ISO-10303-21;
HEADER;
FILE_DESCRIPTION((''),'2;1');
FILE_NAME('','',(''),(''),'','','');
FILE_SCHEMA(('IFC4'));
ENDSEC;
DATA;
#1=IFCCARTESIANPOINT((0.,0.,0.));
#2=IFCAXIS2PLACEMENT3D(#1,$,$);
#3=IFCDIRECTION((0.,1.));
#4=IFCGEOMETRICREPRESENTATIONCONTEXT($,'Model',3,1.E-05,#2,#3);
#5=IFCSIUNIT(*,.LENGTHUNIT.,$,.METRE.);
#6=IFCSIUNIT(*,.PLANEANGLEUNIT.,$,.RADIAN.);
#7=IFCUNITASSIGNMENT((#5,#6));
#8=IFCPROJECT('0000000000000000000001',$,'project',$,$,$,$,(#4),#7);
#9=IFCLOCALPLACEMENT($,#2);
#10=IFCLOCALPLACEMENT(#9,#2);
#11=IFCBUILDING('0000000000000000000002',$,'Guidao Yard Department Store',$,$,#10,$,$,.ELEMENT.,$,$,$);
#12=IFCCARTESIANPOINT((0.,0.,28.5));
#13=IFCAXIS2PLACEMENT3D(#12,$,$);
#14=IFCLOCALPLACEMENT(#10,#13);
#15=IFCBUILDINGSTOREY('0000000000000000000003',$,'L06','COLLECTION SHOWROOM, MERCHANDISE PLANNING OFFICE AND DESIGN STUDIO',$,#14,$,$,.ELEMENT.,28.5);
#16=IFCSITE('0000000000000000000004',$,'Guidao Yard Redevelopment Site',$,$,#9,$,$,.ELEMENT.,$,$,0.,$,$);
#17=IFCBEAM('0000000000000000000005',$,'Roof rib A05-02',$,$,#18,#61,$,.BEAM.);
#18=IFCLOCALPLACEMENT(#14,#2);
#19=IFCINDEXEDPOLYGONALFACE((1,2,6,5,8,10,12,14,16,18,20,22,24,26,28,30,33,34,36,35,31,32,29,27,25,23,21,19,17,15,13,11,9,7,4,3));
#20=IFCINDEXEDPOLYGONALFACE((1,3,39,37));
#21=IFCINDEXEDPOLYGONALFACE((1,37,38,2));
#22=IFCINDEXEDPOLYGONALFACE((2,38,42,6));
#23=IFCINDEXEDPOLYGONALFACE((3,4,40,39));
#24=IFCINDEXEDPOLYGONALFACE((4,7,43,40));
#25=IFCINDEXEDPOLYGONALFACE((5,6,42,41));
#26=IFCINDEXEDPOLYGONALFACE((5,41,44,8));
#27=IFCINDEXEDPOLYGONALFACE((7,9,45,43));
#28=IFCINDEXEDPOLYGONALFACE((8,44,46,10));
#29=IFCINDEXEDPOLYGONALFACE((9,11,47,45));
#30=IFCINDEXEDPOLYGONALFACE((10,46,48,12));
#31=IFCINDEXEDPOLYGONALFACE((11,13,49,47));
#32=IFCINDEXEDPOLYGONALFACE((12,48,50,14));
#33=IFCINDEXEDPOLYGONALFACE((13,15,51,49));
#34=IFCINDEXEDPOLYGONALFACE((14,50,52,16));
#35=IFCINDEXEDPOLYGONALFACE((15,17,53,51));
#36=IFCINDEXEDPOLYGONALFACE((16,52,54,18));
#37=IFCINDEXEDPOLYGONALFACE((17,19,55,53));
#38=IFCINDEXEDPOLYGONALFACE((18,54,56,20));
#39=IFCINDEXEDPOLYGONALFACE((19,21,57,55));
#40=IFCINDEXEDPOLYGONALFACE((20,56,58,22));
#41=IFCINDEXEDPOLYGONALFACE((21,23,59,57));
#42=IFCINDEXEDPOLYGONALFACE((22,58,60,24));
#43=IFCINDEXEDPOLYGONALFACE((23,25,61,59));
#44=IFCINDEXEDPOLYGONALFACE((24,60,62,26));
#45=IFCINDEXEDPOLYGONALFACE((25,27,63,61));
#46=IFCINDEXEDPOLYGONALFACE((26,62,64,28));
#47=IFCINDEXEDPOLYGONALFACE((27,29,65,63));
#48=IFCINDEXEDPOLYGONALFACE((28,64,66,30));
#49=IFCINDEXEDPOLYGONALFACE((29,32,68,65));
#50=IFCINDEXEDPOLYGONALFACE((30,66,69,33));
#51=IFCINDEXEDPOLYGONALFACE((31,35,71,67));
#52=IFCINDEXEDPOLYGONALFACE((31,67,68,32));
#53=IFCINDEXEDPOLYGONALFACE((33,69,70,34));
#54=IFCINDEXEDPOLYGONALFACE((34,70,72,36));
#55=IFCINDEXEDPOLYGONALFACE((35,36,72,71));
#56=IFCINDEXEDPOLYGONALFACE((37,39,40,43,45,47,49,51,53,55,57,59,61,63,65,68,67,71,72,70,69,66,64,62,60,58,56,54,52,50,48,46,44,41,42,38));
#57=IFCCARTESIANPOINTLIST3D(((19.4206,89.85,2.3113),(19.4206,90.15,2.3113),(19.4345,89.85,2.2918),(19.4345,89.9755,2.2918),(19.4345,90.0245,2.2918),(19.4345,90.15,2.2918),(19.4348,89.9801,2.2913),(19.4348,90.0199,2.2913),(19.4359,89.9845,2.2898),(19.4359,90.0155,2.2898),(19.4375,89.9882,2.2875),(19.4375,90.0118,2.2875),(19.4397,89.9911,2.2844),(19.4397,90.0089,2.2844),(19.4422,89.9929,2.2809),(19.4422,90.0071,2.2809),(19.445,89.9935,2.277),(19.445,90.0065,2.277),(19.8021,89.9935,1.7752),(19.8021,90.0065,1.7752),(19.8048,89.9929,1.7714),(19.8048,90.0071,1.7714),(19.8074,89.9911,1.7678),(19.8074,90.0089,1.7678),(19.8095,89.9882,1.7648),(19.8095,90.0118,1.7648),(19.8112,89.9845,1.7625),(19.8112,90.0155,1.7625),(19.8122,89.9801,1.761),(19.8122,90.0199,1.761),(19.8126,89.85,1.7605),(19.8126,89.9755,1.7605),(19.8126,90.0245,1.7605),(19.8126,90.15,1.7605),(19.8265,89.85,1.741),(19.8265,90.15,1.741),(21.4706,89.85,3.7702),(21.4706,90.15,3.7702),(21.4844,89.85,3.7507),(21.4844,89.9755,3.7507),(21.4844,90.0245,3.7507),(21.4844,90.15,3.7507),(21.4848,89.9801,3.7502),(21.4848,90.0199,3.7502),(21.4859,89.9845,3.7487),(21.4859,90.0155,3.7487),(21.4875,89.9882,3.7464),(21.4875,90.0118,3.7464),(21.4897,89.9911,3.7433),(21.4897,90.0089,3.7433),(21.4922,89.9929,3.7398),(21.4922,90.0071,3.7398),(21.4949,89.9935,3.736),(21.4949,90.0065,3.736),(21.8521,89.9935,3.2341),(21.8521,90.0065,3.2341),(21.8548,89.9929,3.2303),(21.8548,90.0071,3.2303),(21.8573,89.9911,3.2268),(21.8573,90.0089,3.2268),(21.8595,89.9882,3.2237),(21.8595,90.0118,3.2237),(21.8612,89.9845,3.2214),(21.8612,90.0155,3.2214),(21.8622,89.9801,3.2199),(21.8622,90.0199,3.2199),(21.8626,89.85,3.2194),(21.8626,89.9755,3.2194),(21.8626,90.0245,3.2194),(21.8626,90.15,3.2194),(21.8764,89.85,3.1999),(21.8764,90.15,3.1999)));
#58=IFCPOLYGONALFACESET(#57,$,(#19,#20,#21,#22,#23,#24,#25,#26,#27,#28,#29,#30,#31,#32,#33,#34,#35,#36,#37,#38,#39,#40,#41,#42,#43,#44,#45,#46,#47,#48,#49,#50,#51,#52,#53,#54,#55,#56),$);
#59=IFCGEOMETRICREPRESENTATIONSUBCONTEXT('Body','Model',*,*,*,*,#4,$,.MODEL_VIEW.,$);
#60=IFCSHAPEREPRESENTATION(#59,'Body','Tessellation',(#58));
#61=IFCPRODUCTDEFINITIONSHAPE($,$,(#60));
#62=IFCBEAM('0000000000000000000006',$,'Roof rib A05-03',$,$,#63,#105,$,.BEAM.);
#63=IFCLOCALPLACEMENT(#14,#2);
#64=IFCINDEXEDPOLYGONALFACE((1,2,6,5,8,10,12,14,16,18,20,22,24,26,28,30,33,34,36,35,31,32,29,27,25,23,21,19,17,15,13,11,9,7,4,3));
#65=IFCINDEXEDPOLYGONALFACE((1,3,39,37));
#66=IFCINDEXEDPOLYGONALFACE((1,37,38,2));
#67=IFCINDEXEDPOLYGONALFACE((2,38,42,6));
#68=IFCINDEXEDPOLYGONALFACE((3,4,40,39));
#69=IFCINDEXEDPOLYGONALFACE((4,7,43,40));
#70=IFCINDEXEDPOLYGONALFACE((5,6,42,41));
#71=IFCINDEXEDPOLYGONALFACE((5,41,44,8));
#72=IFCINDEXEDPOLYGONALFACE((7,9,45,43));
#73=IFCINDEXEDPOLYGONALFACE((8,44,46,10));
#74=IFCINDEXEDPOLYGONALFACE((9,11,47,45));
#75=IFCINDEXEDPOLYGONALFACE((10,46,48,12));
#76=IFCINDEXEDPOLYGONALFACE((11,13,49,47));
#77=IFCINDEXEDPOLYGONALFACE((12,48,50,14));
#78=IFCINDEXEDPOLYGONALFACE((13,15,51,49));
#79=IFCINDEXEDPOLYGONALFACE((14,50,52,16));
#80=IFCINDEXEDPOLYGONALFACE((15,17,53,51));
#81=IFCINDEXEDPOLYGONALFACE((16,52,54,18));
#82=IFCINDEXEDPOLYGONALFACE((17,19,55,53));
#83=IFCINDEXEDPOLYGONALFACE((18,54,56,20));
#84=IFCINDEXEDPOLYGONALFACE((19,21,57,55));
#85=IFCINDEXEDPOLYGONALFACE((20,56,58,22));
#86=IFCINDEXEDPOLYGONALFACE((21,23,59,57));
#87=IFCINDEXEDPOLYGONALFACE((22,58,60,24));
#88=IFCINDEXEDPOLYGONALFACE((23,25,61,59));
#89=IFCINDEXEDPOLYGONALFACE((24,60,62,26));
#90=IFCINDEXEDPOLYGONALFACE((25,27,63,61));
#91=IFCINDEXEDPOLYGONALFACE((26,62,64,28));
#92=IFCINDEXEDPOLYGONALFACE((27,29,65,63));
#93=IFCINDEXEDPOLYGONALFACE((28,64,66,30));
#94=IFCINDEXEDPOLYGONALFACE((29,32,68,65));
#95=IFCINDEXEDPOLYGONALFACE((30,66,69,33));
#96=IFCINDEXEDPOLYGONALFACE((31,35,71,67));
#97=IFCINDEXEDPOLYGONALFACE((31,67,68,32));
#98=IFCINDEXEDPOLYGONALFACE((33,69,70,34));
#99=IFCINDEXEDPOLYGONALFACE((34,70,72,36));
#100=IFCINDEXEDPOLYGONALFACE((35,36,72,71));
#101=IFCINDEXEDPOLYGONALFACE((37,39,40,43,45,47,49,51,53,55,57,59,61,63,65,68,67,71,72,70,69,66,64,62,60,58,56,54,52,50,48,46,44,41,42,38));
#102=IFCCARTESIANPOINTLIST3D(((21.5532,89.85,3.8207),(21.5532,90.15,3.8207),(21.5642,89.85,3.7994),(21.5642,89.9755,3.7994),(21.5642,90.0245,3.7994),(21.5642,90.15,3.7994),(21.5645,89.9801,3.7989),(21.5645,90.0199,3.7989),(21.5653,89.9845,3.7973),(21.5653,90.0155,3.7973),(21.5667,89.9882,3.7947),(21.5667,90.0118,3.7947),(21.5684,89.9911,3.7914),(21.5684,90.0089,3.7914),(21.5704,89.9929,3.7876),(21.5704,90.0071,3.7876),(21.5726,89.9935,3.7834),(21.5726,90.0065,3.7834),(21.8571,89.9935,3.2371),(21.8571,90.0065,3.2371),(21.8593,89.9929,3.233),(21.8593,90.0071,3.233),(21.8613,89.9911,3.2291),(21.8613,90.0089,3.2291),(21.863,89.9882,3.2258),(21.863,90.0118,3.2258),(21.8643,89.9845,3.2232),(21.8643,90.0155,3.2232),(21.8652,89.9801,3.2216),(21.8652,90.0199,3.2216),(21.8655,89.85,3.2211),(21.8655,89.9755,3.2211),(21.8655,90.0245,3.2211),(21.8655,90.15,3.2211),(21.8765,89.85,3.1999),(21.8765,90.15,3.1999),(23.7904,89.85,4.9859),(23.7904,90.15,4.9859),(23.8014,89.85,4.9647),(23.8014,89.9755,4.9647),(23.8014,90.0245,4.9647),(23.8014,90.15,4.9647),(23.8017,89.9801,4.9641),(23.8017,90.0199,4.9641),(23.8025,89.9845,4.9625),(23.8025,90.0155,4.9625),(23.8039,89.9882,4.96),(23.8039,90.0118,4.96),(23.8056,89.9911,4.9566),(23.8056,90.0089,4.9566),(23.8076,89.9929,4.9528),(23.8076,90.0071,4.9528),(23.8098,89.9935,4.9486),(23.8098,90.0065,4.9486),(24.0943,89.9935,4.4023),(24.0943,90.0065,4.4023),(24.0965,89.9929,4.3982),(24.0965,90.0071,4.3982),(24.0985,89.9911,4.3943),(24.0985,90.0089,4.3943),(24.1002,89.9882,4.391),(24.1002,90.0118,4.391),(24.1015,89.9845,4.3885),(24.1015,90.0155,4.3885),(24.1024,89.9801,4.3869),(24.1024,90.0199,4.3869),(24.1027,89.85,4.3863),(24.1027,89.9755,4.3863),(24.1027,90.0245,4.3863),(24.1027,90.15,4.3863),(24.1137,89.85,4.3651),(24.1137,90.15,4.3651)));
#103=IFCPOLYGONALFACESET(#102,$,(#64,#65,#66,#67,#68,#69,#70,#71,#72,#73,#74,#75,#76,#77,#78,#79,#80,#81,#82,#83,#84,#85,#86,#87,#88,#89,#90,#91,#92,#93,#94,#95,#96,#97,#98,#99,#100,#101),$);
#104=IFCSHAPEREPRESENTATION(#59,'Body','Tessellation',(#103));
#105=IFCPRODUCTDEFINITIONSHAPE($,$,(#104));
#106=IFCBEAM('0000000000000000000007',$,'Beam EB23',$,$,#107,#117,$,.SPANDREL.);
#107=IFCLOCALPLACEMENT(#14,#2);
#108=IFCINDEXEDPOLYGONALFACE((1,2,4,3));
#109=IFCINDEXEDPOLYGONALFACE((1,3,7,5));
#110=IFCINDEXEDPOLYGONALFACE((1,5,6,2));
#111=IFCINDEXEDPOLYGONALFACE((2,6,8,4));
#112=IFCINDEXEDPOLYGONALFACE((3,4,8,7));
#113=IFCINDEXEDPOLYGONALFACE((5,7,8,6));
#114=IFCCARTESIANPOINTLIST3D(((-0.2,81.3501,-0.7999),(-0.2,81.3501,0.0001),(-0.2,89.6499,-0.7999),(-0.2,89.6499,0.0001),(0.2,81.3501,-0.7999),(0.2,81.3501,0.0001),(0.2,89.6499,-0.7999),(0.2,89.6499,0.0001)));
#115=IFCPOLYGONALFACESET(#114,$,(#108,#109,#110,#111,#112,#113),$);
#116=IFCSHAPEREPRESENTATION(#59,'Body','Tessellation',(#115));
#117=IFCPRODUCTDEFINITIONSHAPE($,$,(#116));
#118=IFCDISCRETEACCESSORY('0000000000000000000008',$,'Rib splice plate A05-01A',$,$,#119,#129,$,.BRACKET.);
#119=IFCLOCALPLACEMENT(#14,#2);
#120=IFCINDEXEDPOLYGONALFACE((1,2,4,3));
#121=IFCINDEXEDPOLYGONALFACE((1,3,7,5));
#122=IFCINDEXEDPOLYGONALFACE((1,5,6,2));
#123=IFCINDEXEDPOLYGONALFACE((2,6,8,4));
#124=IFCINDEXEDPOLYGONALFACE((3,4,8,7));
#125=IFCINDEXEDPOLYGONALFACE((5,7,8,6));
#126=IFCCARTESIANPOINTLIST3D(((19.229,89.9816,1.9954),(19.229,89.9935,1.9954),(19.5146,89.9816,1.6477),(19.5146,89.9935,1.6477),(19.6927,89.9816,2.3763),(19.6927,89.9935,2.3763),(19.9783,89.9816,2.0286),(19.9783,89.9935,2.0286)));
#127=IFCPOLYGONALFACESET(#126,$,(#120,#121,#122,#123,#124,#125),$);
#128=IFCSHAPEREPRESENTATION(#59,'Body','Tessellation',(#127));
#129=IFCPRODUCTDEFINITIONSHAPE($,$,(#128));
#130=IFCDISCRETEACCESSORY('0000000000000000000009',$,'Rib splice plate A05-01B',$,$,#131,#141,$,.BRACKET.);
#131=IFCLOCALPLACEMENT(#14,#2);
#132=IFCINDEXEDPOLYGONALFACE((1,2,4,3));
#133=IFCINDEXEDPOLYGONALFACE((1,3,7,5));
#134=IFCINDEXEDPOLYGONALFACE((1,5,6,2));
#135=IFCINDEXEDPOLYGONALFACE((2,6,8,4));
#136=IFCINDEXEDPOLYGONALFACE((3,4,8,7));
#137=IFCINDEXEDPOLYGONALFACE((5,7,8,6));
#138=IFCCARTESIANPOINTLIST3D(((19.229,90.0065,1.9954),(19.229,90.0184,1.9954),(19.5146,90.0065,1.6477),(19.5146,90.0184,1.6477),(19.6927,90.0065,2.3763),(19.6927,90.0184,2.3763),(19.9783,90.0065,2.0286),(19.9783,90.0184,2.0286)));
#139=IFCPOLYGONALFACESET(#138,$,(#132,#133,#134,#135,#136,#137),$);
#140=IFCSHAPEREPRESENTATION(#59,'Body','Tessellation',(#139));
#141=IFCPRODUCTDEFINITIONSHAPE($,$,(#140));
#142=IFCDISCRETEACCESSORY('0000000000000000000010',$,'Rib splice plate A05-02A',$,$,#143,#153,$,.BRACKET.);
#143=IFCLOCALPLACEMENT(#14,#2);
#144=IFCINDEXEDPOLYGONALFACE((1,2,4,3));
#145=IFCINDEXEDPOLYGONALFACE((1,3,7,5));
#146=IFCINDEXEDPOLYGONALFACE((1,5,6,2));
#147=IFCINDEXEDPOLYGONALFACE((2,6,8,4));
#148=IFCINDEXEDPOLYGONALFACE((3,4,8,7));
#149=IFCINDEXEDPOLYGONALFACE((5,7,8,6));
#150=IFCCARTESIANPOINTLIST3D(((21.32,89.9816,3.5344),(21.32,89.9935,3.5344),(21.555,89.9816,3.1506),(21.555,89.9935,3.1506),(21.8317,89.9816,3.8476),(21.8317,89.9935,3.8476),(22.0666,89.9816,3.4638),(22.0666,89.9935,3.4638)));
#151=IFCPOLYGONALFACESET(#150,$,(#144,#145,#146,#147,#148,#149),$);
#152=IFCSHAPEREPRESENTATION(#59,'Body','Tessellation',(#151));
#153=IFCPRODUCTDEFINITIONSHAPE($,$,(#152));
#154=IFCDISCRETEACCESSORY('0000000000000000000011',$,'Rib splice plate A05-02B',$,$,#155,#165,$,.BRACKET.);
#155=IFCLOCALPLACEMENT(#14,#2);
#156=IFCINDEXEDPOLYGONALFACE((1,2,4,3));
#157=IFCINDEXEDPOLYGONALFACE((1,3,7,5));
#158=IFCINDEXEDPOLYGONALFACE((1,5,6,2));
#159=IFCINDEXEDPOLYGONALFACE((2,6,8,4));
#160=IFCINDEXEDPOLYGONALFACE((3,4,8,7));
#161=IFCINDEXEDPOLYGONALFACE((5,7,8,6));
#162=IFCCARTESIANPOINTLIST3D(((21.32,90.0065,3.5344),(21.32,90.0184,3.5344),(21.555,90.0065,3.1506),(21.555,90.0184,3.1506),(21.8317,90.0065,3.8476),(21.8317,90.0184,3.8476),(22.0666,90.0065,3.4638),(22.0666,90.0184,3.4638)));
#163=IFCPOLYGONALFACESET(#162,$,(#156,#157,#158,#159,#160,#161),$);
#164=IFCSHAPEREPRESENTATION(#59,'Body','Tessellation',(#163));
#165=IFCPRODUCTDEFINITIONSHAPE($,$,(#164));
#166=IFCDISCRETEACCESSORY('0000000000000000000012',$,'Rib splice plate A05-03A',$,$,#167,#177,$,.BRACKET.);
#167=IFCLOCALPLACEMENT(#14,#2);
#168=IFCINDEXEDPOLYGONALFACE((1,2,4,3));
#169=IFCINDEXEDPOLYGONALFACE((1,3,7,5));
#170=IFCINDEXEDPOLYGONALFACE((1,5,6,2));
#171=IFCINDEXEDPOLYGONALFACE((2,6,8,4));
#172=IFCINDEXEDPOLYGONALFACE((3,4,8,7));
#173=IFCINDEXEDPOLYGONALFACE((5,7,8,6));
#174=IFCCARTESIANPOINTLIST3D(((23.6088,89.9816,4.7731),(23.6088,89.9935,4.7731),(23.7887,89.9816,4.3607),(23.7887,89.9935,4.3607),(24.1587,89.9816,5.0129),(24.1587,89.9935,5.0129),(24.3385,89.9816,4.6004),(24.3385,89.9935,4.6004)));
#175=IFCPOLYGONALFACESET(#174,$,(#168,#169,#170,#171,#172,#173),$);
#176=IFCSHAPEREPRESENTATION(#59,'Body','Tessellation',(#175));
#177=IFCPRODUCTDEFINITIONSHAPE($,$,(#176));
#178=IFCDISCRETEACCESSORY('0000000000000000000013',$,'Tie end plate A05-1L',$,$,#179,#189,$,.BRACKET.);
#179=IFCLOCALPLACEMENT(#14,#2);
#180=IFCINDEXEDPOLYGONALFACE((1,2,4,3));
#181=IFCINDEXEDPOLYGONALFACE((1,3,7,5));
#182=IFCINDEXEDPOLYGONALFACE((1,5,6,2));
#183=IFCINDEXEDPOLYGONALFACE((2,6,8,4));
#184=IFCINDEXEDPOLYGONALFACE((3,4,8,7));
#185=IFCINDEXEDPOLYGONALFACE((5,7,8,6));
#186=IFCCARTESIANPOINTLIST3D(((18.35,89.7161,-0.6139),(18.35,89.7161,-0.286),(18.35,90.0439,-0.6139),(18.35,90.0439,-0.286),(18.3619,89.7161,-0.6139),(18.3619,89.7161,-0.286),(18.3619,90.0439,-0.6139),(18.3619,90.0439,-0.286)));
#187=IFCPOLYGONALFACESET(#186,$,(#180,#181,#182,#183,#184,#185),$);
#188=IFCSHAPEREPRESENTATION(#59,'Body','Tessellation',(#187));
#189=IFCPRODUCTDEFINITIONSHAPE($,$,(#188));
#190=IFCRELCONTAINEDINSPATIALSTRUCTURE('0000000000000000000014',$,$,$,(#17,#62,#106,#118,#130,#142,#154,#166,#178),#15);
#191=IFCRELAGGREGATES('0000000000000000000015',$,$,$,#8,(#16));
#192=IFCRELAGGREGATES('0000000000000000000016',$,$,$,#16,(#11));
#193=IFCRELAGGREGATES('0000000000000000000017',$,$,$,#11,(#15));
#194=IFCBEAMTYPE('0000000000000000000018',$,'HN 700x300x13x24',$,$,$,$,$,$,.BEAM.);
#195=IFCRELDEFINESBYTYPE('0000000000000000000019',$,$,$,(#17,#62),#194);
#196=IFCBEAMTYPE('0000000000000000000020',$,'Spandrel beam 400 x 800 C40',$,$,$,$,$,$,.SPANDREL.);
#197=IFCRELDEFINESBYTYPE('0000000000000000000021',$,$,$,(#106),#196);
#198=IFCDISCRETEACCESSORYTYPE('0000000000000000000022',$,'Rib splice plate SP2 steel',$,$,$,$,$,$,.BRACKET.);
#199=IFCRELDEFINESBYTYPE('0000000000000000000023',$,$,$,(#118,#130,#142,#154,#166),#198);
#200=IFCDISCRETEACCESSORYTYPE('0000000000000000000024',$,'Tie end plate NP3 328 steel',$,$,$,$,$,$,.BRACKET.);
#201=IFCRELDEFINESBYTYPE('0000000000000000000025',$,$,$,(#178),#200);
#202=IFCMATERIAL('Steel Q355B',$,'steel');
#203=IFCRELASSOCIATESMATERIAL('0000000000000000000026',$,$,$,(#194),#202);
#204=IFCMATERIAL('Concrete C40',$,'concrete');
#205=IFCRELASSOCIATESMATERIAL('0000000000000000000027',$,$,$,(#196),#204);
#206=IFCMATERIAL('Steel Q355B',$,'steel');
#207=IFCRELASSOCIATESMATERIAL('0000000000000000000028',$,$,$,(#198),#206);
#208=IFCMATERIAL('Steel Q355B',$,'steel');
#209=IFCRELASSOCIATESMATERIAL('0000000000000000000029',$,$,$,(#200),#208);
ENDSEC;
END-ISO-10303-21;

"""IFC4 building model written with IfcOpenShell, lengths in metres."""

from ifc_helpers import new_model, si_unit, direction, frame, origin, origin_2d, place, context, subcontext, project, spatial, rectangle, i_section, extrude, material, material_profile, profile_set, type_object, element, save


model = new_model("IFC4")

# Units and contexts
model_context = context("Model", 3, precision=1e-05, world=origin(), true_north=direction((0.0, 1.0)))
body_context = subcontext(model_context, "Body", "Model", "MODEL_VIEW")
ifc_project = project(units=[si_unit("LENGTHUNIT", "METRE"), si_unit("PLANEANGLEUNIT", "RADIAN")], contexts=[model_context])

# Site, building, storey
site_placement = place(None, origin())
site = spatial("IfcSite", under=ifc_project, at=site_placement, Name="Guidao Yard Redevelopment Site", CompositionType="ELEMENT", RefElevation=0.0)
building_placement = place(site_placement, origin())
building = spatial("IfcBuilding", under=site, at=building_placement, Name="Guidao Yard Department Store", CompositionType="ELEMENT")
storey_placement = place(building_placement, frame((0.0, 0.0, 28.5)))
storey = spatial("IfcBuildingStorey", under=building, at=storey_placement, Name="L06", Description="COLLECTION SHOWROOM, MERCHANDISE PLANNING OFFICE AND DESIGN STUDIO", CompositionType="ELEMENT", Elevation=28.5)

# Beams
ifc_material_1 = material(Name="Steel Q355B", Category="steel")
ifc_material_profile_1 = material_profile(ifc_material_1, i_section(OverallWidth=0.3, OverallDepth=0.7, WebThickness=0.0129, FlangeThickness=0.0239, FilletRadius=0.0181, at=origin_2d()), Name="HN 700x300x13x24")
ifc_profile_set_1 = profile_set([ifc_material_profile_1], Name="Steel Q355B")
beam_type_1 = type_object("IfcBeamType", Name="HN 700x300x13x24", PredefinedType="BEAM", material=ifc_profile_set_1)
beam_1_placement = place(storey_placement, frame((19.6235, 90.0, 2.0261), z_axis=(0.814735, 0.0, 0.579833), x_axis=(0.0, 1.0, 0.0)))
element("IfcBeam", 1, at=beam_1_placement, inside=storey, type_object=beam_type_1, Name="Roof rib A05-02", PredefinedType="BEAM", context=body_context, shape_type="SweptSolid", body=[
    extrude(i_section(OverallWidth=0.3, OverallDepth=0.7, WebThickness=0.0129, FlangeThickness=0.0239, FilletRadius=0.0181, at=origin_2d()), origin(), (0.0, 0.0, 1.0), 2.5161),
])
beam_2_placement = place(storey_placement, frame((21.7148, 90.0, 3.5103), z_axis=(0.886911, 0.0, 0.461941), x_axis=(0.0, 1.0, 0.0)))
element("IfcBeam", 2, at=beam_2_placement, inside=storey, type_object=beam_type_1, Name="Roof rib A05-03", PredefinedType="BEAM", context=body_context, shape_type="SweptSolid", body=[
    extrude(i_section(OverallWidth=0.3, OverallDepth=0.7, WebThickness=0.0129, FlangeThickness=0.0239, FilletRadius=0.0181, at=origin_2d()), origin(), (0.0, 0.0, 1.0), 2.5225),
])
ifc_material_2 = material(Name="Concrete C40", Category="concrete")
ifc_material_profile_2 = material_profile(ifc_material_2, rectangle(XDim=0.3999, YDim=0.8, at=origin_2d()), Name="Spandrel beam 400 x 800 C40")
ifc_profile_set_2 = profile_set([ifc_material_profile_2], Name="Concrete C40")
beam_type_2 = type_object("IfcBeamType", Name="Spandrel beam 400 x 800 C40", PredefinedType="SPANDREL", material=ifc_profile_set_2)
beam_3_placement = place(storey_placement, frame((0.0, 81.3501, -0.3999), z_axis=(0.0, 1.0, 0.0), x_axis=(-1.0, 0.0, 0.0)))
element("IfcBeam", 3, at=beam_3_placement, inside=storey, type_object=beam_type_2, Name="Beam EB23", PredefinedType="SPANDREL", context=body_context, shape_type="SweptSolid", body=[
    extrude(rectangle(XDim=0.3999, YDim=0.8, at=origin_2d()), origin(), (0.0, 0.0, 1.0), 8.2998),
])

# Discrete accessories
ifc_material_3 = material(Name="Steel Q355B", Category="steel")
ifc_material_profile_3 = material_profile(ifc_material_3, rectangle(XDim=0.012, YDim=0.45, at=origin_2d()), Name="Splice plate 450x12")
ifc_profile_set_3 = profile_set([ifc_material_profile_3], Name="Steel Q355B")
discrete_accessory_type_1 = type_object("IfcDiscreteAccessoryType", Name="Rib splice plate SP2 steel", PredefinedType="BRACKET", material=ifc_profile_set_3)
for number, where, z_axis, x_axis, name in (
    (4, (19.3718, 89.9875, 1.8215), (0.772705, 0.0, 0.634765), (0.0, 1.0, 0.0), "Rib splice plate A05-01A"),
    (5, (19.3718, 90.0125, 1.8215), (0.772705, 0.0, 0.634765), (0.0, 1.0, 0.0), "Rib splice plate A05-01B"),
):
    element("IfcDiscreteAccessory", number, at=place(storey_placement, frame(where, z_axis=z_axis, x_axis=x_axis)), inside=storey, type_object=discrete_accessory_type_1, Name=name, PredefinedType="BRACKET", context=body_context, shape_type="SweptSolid", body=[
        extrude(rectangle(XDim=0.012, YDim=0.45, at=origin_2d()), origin(), (0.0, 0.0, 1.0), 0.6001),
    ])
for number, where, z_axis, x_axis, name in (
    (6, (21.4375, 89.9875, 3.3425), (0.852899, 0.0, 0.522075), (0.0, 1.0, 0.0), "Rib splice plate A05-02A"),
    (7, (21.4375, 90.0125, 3.3425), (0.852899, 0.0, 0.522075), (0.0, 1.0, 0.0), "Rib splice plate A05-02B"),
    (8, (23.6987, 89.9875, 4.5669), (0.916642, 0.0, 0.399708), (0.0, 1.0, 0.0), "Rib splice plate A05-03A"),
):
    element("IfcDiscreteAccessory", number, at=place(storey_placement, frame(where, z_axis=z_axis, x_axis=x_axis)), inside=storey, type_object=discrete_accessory_type_1, Name=name, PredefinedType="BRACKET", context=body_context, shape_type="SweptSolid", body=[
        extrude(rectangle(XDim=0.012, YDim=0.45, at=origin_2d()), origin(), (0.0, 0.0, 1.0), 0.5999),
    ])
ifc_material_4 = material(Name="Steel Q355B", Category="steel")
ifc_material_profile_4 = material_profile(ifc_material_4, rectangle(XDim=0.3279, YDim=0.012, at=origin_2d()), Name="Node plate 328x12")
ifc_profile_set_4 = profile_set([ifc_material_profile_4], Name="Steel Q355B")
discrete_accessory_type_2 = type_object("IfcDiscreteAccessoryType", Name="Tie end plate NP3 328 steel", PredefinedType="BRACKET", material=ifc_profile_set_4)
discrete_accessory_placement = place(storey_placement, frame((18.356, 89.7161, -0.45), z_axis=(0.0, 1.0, 0.0), x_axis=(0.0, 0.0, 1.0)))
element("IfcDiscreteAccessory", 9, at=discrete_accessory_placement, inside=storey, type_object=discrete_accessory_type_2, Name="Tie end plate A05-1L", PredefinedType="BRACKET", context=body_context, shape_type="SweptSolid", body=[
    extrude(rectangle(XDim=0.3279, YDim=0.012, at=origin_2d()), origin(), (0.0, 0.0, 1.0), 0.3279),
])

save(model, "model.ifc")
